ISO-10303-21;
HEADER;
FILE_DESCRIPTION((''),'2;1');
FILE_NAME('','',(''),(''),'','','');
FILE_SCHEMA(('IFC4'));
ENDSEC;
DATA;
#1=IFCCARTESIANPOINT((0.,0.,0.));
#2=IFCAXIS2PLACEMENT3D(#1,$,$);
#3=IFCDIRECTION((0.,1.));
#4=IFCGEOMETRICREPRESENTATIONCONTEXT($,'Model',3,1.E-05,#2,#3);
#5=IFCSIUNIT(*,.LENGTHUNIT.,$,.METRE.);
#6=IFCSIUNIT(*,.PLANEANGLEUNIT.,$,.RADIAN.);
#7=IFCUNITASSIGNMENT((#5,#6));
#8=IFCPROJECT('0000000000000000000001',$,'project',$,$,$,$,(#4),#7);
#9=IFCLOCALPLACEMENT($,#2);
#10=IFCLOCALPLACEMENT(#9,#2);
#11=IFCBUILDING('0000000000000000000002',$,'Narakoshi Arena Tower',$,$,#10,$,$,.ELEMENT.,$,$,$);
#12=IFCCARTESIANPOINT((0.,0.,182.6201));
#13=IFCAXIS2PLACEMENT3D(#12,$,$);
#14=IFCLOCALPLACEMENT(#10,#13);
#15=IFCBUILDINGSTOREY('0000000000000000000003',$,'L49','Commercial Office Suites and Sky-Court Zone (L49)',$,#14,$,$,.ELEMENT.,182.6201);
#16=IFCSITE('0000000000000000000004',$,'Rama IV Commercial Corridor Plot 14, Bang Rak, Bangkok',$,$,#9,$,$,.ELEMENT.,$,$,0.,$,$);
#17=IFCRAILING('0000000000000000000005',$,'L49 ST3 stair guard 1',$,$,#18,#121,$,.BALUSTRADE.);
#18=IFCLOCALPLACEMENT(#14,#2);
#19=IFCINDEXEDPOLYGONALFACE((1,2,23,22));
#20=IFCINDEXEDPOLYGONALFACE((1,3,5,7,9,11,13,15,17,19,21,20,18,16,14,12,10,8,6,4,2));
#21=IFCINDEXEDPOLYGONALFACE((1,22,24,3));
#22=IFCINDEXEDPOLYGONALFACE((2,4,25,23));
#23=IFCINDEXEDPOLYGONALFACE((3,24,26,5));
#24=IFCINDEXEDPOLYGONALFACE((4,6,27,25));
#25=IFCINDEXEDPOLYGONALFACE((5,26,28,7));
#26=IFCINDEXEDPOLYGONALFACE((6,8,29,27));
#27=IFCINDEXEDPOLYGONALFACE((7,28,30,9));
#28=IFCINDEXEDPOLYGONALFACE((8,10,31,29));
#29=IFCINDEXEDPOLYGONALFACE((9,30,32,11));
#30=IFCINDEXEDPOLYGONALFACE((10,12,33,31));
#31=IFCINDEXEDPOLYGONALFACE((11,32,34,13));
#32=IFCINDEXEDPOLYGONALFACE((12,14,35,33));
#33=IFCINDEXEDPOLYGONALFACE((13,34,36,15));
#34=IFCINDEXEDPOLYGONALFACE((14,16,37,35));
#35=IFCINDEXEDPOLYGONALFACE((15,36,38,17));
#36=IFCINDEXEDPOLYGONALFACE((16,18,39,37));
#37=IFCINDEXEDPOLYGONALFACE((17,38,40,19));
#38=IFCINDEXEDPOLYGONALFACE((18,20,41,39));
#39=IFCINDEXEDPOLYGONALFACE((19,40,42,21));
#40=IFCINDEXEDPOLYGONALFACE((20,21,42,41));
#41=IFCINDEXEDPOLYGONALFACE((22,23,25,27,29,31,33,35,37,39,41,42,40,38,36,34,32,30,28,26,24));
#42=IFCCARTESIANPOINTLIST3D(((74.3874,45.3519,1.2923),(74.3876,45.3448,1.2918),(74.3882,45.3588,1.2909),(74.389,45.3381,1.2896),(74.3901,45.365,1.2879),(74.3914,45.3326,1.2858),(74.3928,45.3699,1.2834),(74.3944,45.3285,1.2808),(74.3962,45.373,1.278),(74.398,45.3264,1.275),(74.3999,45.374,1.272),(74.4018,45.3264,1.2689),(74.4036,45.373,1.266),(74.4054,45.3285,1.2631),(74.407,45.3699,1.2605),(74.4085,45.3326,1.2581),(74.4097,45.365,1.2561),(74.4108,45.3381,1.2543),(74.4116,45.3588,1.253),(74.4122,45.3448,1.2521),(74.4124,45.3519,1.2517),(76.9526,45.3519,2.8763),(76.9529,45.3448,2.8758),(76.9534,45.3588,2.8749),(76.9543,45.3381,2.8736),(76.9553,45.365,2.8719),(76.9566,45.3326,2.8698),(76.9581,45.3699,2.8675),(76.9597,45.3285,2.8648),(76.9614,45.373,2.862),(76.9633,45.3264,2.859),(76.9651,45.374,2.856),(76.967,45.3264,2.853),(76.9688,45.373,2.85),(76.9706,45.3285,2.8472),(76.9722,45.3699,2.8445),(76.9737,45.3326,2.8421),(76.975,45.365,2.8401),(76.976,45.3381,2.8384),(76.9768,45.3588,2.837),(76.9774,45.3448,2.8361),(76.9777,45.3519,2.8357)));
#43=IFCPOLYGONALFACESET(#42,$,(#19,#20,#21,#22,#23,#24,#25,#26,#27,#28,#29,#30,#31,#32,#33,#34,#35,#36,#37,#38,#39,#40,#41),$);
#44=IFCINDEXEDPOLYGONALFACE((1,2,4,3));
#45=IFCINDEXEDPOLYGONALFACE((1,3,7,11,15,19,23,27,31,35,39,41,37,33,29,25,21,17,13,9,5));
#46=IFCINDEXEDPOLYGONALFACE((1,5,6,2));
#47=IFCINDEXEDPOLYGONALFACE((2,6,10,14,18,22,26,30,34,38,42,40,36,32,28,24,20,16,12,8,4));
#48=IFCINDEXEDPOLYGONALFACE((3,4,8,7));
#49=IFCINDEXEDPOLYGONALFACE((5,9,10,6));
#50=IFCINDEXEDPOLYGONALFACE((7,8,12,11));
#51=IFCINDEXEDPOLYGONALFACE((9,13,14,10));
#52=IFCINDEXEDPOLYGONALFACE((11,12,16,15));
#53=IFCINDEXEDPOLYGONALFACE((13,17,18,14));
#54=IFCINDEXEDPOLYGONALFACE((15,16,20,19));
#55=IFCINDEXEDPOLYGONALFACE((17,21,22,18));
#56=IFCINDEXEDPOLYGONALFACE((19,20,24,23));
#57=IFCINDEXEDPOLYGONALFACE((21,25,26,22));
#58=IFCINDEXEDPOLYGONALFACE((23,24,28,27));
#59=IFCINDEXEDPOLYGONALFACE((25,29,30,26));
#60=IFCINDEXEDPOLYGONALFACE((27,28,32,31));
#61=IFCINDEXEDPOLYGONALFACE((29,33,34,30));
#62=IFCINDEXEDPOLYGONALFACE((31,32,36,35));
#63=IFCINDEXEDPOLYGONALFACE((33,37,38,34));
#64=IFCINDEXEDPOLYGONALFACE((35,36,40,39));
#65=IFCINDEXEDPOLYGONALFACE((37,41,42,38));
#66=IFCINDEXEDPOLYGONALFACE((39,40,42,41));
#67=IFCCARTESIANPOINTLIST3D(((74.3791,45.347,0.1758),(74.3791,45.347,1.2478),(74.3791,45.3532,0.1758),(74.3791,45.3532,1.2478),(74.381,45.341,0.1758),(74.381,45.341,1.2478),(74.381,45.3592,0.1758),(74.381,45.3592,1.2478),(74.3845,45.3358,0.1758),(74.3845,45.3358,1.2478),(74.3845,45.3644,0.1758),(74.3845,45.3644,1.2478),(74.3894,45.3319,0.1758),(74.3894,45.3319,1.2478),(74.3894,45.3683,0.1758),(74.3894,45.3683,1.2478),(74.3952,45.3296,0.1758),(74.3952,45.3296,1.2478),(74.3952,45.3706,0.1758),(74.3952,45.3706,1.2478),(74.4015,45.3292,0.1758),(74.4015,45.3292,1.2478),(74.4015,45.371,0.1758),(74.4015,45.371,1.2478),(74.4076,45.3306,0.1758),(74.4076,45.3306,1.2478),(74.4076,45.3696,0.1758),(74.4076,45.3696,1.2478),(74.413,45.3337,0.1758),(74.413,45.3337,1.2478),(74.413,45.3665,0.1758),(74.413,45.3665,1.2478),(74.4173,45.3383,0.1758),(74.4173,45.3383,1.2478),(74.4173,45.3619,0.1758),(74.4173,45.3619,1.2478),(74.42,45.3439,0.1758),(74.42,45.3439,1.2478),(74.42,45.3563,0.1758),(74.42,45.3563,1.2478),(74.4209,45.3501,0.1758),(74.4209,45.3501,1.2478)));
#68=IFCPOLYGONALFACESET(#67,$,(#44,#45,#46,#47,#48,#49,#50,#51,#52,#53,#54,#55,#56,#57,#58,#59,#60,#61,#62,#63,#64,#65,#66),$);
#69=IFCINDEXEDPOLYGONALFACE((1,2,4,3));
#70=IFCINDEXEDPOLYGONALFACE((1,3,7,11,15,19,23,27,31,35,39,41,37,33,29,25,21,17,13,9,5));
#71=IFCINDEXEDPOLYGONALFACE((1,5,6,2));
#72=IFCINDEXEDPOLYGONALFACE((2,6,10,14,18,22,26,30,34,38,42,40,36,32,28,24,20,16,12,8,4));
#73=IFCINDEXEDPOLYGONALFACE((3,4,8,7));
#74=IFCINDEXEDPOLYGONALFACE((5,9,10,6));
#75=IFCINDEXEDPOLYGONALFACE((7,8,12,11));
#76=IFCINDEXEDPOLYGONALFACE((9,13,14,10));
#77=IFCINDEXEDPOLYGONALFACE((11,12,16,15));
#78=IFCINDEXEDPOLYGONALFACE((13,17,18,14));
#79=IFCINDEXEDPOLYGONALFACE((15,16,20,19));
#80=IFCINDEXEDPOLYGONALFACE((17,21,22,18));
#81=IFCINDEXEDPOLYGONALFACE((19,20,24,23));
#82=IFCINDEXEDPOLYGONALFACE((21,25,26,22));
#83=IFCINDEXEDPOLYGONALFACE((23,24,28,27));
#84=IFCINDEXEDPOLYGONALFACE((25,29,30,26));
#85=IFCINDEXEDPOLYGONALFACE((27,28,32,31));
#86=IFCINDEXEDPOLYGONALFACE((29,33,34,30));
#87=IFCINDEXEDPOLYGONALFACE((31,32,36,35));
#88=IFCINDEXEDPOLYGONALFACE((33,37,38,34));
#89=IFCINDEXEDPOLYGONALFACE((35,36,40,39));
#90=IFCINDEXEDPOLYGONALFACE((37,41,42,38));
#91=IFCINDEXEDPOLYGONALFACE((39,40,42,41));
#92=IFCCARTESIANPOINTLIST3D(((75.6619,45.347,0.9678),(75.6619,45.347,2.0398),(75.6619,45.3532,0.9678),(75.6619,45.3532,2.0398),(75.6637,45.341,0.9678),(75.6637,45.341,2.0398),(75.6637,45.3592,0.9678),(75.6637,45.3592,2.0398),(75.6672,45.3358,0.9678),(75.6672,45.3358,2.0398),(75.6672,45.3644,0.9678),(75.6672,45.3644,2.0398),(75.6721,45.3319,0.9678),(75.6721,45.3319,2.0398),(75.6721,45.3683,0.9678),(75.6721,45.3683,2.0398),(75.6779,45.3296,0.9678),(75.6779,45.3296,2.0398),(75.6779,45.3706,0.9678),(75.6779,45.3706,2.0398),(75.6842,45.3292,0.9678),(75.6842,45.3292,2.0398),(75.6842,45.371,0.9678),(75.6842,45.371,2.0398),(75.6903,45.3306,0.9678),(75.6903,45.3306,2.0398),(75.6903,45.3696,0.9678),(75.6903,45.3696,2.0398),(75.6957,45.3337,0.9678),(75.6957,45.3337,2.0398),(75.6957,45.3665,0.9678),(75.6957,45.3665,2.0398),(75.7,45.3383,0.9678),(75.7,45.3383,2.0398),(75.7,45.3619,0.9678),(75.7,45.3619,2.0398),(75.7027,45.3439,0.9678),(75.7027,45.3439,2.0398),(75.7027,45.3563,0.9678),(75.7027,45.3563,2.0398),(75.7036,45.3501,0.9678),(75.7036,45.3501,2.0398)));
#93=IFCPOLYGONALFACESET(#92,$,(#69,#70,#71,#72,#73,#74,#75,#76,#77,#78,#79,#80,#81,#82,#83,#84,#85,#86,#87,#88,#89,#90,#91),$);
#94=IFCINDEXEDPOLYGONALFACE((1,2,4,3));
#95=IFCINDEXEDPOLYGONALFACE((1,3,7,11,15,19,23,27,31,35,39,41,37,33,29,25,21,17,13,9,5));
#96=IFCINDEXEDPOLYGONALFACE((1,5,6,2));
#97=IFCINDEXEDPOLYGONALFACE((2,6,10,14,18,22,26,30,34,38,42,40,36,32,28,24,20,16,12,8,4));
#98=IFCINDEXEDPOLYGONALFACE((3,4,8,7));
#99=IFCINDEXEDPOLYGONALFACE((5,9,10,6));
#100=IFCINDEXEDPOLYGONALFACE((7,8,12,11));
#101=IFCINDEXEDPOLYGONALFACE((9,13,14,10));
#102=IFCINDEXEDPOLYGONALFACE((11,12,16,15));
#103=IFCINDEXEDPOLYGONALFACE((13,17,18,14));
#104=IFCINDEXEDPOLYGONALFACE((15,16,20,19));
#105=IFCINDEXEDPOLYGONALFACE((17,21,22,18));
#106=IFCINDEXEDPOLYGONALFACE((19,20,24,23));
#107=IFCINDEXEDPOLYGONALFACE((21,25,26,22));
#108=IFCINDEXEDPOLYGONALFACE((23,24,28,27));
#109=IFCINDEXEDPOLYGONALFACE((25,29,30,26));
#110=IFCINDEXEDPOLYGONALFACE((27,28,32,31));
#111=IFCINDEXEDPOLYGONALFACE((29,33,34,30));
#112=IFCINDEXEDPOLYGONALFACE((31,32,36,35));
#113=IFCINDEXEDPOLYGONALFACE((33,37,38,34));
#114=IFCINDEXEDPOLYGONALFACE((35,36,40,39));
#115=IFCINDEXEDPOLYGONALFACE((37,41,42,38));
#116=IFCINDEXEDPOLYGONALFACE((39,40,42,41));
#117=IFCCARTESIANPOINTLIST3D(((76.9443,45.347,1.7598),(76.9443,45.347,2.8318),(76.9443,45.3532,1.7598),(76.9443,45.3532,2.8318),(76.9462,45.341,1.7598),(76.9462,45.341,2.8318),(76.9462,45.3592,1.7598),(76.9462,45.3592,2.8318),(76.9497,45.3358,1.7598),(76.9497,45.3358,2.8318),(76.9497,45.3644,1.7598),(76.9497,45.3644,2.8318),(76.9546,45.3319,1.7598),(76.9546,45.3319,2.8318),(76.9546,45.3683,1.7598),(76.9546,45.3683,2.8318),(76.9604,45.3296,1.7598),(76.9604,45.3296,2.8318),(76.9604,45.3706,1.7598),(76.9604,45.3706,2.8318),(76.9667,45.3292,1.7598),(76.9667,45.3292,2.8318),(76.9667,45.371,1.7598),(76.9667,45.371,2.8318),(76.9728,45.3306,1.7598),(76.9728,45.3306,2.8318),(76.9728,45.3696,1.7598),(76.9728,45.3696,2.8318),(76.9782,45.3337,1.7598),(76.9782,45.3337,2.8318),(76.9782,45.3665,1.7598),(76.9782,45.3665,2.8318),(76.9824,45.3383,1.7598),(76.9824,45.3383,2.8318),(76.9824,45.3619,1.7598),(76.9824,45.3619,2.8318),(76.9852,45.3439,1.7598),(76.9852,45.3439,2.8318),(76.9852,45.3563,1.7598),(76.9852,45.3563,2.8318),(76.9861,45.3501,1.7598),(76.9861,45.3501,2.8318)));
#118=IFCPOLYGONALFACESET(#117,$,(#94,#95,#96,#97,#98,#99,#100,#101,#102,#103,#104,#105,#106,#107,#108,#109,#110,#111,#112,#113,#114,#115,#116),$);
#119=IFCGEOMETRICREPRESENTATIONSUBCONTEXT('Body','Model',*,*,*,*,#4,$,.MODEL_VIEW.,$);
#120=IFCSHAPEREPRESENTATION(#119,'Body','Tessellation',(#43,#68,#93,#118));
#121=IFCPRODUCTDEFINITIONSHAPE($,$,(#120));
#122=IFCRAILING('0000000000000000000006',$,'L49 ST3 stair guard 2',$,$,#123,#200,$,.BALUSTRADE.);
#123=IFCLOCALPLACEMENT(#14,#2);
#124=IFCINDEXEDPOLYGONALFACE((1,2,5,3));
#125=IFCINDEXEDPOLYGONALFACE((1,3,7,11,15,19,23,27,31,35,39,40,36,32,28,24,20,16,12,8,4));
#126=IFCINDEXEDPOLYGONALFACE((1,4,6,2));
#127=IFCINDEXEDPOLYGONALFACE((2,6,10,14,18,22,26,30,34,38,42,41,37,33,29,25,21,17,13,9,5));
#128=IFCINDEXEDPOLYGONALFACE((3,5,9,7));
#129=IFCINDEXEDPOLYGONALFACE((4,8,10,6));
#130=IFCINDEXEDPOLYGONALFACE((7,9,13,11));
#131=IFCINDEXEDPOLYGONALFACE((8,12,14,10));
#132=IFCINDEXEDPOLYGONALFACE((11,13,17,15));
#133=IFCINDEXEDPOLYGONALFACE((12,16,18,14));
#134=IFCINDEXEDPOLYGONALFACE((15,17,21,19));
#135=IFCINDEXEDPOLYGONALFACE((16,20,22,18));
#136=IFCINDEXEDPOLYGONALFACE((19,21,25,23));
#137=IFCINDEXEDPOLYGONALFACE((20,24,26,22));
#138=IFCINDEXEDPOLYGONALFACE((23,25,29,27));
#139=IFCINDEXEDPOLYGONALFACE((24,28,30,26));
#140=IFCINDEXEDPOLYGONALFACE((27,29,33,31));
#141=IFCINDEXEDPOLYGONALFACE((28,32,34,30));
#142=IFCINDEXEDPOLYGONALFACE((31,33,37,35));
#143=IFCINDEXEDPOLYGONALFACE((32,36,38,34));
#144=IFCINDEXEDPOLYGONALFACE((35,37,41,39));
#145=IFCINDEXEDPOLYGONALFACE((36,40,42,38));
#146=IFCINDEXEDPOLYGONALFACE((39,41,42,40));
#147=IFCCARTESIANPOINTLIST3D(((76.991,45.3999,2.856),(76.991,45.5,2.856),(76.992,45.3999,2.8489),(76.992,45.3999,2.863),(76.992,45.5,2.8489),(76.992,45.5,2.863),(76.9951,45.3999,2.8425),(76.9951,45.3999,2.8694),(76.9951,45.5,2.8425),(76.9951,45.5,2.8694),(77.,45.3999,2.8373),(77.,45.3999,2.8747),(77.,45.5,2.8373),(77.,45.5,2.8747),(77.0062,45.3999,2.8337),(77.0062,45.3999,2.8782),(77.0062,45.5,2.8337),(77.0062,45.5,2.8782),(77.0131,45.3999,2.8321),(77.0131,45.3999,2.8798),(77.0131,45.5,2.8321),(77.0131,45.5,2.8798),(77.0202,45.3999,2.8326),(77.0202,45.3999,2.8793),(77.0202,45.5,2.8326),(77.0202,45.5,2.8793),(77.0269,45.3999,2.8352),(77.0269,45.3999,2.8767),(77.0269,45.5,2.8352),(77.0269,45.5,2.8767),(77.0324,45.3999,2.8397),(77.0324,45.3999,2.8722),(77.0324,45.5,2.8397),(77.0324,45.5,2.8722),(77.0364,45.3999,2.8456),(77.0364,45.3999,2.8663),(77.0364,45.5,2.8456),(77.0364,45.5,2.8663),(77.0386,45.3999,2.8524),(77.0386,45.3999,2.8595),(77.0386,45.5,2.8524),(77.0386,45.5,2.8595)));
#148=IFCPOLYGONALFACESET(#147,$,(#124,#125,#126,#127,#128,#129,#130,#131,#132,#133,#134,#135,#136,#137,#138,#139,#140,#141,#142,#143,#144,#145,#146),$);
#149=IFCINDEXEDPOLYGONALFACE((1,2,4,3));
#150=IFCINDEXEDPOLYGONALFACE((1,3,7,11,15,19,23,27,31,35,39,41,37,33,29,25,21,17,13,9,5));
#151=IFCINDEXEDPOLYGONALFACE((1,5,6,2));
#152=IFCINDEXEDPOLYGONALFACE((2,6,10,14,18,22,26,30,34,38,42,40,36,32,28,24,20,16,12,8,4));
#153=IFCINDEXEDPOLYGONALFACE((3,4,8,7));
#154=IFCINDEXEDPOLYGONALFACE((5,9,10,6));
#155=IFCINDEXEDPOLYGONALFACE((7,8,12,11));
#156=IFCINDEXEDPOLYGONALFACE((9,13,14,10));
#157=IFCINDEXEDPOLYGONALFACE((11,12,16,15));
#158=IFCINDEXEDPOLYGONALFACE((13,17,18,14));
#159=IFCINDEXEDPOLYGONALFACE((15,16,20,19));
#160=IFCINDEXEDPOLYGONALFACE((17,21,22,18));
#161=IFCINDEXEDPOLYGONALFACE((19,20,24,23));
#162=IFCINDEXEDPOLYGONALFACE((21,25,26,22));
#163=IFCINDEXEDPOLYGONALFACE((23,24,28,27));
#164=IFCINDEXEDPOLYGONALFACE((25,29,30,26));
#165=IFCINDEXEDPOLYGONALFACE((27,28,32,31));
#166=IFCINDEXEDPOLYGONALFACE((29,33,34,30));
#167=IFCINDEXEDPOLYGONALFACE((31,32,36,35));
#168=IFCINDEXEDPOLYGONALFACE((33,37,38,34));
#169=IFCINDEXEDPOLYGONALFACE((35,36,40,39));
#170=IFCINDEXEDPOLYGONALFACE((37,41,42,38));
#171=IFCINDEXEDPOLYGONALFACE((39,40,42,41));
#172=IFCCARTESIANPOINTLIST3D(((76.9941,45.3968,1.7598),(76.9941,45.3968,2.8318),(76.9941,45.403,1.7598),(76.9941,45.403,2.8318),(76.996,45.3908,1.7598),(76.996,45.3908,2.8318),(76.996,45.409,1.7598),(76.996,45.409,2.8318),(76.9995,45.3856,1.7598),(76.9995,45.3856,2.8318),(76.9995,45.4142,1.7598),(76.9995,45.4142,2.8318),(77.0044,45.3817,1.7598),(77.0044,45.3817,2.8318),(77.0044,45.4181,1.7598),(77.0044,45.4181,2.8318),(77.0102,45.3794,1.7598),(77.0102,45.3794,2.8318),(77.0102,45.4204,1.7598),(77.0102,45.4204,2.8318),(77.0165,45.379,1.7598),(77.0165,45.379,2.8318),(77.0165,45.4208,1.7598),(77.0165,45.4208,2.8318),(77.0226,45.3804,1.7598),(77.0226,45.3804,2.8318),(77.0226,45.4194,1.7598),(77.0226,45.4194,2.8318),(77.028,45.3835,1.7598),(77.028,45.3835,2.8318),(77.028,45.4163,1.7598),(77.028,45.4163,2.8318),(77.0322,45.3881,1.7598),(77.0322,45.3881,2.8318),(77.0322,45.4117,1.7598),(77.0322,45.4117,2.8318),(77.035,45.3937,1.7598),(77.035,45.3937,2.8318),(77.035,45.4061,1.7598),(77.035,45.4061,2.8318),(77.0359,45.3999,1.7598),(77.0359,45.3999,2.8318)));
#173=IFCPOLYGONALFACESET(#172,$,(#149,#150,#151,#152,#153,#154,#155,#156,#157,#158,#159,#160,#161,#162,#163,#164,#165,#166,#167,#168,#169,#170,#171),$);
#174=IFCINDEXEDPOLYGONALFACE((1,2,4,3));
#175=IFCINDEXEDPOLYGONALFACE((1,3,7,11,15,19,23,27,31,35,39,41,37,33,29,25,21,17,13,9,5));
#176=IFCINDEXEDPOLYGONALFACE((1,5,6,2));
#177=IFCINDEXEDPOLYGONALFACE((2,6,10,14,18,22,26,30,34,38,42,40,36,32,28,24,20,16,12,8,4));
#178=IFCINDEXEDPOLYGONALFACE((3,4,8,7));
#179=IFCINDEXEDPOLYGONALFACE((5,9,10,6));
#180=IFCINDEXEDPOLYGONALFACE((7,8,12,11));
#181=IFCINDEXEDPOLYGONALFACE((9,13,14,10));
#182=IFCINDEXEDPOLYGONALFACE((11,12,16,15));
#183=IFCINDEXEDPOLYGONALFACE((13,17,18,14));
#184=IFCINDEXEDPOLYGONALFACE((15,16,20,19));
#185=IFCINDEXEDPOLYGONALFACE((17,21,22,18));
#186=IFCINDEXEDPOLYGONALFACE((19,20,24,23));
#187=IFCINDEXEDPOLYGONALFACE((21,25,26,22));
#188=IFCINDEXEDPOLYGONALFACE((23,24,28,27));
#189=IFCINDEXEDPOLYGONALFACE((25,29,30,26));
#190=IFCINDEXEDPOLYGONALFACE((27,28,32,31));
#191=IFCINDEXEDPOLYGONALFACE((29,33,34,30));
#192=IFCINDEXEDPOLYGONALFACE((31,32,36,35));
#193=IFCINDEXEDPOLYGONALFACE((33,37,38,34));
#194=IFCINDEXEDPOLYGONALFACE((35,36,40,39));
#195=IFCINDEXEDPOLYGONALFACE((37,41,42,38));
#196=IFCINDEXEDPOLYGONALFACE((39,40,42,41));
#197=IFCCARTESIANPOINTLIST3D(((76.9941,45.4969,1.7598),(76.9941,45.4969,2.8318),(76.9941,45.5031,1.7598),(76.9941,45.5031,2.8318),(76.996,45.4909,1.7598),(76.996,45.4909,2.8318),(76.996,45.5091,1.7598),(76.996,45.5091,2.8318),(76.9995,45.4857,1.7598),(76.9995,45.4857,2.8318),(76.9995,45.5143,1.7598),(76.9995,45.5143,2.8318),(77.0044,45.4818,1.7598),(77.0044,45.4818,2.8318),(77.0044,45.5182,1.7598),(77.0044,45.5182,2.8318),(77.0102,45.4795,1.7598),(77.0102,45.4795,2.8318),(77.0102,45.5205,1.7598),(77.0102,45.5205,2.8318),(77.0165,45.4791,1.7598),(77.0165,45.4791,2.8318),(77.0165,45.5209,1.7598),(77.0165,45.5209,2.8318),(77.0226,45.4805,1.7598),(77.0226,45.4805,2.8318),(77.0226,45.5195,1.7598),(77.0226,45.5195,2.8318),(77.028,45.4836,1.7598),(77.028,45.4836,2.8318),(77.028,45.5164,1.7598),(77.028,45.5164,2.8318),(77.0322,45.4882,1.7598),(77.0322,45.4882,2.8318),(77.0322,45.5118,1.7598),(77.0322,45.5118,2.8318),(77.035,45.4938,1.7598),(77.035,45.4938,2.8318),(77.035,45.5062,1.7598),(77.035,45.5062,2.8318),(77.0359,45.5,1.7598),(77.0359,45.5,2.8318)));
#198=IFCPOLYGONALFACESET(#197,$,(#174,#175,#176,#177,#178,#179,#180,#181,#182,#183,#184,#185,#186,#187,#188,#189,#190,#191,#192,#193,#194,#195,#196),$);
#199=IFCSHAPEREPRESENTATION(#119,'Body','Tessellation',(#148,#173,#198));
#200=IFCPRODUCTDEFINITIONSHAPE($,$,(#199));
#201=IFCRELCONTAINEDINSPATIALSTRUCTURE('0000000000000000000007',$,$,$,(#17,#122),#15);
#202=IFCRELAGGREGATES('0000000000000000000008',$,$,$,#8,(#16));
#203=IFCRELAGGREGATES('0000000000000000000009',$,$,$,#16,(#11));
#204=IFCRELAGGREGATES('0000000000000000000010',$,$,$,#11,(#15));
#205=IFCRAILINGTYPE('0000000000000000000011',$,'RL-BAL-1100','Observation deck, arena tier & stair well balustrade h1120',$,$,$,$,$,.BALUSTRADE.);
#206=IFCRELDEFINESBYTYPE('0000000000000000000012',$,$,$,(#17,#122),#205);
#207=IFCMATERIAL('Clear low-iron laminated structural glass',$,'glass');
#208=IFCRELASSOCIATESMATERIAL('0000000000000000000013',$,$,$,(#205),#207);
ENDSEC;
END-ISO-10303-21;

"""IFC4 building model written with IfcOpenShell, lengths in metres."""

from ifc_helpers import new_model, si_unit, direction, frame, origin, origin_2d, place, context, subcontext, project, spatial, circle, extrude, material, type_object, element, save


model = new_model("IFC4")

# Units and contexts
model_context = context("Model", 3, precision=1e-05, world=origin(), true_north=direction((0.0, 1.0)))
body_context = subcontext(model_context, "Body", "Model", "MODEL_VIEW")
ifc_project = project(units=[si_unit("LENGTHUNIT", "METRE"), si_unit("PLANEANGLEUNIT", "RADIAN")], contexts=[model_context])

# Site, building, storey
site_placement = place(None, origin())
site = spatial("IfcSite", under=ifc_project, at=site_placement, Name="Rama IV Commercial Corridor Plot 14, Bang Rak, Bangkok", CompositionType="ELEMENT", RefElevation=0.0)
building_placement = place(site_placement, origin())
building = spatial("IfcBuilding", under=site, at=building_placement, Name="Narakoshi Arena Tower", CompositionType="ELEMENT")
storey_placement = place(building_placement, frame((0.0, 0.0, 182.6201)))
storey = spatial("IfcBuildingStorey", under=building, at=storey_placement, Name="L49", Description="Commercial Office Suites and Sky-Court Zone (L49)", CompositionType="ELEMENT", Elevation=182.6201)

# Railings
ifc_material_1 = material(Name="Clear low-iron laminated structural glass", Category="glass")
railing_type_1 = type_object("IfcRailingType", Name="RL-BAL-1100", Description="Observation deck, arena tier & stair well balustrade h1120", PredefinedType="BALUSTRADE", material=ifc_material_1)
railing_1_placement = place(storey_placement, frame((74.3999, 45.3501, 0.1758)))
element("IfcRailing", 1, at=railing_1_placement, inside=storey, type_object=railing_type_1, Name="L49 ST3 stair guard 1", PredefinedType="BALUSTRADE", context=body_context, shape_type="SweptSolid", body=[
    extrude(circle(Radius=0.0239, at=origin_2d()), frame((0.0, 0.0, 1.0962), z_axis=(0.850857, 0.0, 0.525398), x_axis=(0.0, 1.0, 0.0)), (0.0, 0.0, 1.0), 3.0149),
    extrude(circle(Radius=0.021, at=origin_2d()), origin(), (0.0, 0.0, 1.0), 1.072),
    extrude(circle(Radius=0.021, at=origin_2d()), frame((1.2827, 0.0, 0.792)), (0.0, 0.0, 1.0), 1.072),
    extrude(circle(Radius=0.021, at=origin_2d()), frame((2.5652, 0.0, 1.584)), (0.0, 0.0, 1.0), 1.072),
])
for number, where, name in (
    (2, (77.0149, 45.3999, 1.7598), "L49 ST3 stair guard 2"),
):
    element("IfcRailing", number, at=place(storey_placement, frame(where)), inside=storey, type_object=railing_type_1, Name=name, PredefinedType="BALUSTRADE", context=body_context, shape_type="SweptSolid", body=[
        extrude(circle(Radius=0.0239, at=origin_2d()), frame((0.0, 0.0, 1.0962), z_axis=(0.0, 1.0, 0.0), x_axis=(-1.0, 0.0, 0.0)), (0.0, 0.0, 1.0), 0.1001),
        extrude(circle(Radius=0.021, at=origin_2d()), origin(), (0.0, 0.0, 1.0), 1.072),
        extrude(circle(Radius=0.021, at=origin_2d()), frame((0.0, 0.1001, 0.0)), (0.0, 0.0, 1.0), 1.072),
    ])

save(model, "model.ifc")
